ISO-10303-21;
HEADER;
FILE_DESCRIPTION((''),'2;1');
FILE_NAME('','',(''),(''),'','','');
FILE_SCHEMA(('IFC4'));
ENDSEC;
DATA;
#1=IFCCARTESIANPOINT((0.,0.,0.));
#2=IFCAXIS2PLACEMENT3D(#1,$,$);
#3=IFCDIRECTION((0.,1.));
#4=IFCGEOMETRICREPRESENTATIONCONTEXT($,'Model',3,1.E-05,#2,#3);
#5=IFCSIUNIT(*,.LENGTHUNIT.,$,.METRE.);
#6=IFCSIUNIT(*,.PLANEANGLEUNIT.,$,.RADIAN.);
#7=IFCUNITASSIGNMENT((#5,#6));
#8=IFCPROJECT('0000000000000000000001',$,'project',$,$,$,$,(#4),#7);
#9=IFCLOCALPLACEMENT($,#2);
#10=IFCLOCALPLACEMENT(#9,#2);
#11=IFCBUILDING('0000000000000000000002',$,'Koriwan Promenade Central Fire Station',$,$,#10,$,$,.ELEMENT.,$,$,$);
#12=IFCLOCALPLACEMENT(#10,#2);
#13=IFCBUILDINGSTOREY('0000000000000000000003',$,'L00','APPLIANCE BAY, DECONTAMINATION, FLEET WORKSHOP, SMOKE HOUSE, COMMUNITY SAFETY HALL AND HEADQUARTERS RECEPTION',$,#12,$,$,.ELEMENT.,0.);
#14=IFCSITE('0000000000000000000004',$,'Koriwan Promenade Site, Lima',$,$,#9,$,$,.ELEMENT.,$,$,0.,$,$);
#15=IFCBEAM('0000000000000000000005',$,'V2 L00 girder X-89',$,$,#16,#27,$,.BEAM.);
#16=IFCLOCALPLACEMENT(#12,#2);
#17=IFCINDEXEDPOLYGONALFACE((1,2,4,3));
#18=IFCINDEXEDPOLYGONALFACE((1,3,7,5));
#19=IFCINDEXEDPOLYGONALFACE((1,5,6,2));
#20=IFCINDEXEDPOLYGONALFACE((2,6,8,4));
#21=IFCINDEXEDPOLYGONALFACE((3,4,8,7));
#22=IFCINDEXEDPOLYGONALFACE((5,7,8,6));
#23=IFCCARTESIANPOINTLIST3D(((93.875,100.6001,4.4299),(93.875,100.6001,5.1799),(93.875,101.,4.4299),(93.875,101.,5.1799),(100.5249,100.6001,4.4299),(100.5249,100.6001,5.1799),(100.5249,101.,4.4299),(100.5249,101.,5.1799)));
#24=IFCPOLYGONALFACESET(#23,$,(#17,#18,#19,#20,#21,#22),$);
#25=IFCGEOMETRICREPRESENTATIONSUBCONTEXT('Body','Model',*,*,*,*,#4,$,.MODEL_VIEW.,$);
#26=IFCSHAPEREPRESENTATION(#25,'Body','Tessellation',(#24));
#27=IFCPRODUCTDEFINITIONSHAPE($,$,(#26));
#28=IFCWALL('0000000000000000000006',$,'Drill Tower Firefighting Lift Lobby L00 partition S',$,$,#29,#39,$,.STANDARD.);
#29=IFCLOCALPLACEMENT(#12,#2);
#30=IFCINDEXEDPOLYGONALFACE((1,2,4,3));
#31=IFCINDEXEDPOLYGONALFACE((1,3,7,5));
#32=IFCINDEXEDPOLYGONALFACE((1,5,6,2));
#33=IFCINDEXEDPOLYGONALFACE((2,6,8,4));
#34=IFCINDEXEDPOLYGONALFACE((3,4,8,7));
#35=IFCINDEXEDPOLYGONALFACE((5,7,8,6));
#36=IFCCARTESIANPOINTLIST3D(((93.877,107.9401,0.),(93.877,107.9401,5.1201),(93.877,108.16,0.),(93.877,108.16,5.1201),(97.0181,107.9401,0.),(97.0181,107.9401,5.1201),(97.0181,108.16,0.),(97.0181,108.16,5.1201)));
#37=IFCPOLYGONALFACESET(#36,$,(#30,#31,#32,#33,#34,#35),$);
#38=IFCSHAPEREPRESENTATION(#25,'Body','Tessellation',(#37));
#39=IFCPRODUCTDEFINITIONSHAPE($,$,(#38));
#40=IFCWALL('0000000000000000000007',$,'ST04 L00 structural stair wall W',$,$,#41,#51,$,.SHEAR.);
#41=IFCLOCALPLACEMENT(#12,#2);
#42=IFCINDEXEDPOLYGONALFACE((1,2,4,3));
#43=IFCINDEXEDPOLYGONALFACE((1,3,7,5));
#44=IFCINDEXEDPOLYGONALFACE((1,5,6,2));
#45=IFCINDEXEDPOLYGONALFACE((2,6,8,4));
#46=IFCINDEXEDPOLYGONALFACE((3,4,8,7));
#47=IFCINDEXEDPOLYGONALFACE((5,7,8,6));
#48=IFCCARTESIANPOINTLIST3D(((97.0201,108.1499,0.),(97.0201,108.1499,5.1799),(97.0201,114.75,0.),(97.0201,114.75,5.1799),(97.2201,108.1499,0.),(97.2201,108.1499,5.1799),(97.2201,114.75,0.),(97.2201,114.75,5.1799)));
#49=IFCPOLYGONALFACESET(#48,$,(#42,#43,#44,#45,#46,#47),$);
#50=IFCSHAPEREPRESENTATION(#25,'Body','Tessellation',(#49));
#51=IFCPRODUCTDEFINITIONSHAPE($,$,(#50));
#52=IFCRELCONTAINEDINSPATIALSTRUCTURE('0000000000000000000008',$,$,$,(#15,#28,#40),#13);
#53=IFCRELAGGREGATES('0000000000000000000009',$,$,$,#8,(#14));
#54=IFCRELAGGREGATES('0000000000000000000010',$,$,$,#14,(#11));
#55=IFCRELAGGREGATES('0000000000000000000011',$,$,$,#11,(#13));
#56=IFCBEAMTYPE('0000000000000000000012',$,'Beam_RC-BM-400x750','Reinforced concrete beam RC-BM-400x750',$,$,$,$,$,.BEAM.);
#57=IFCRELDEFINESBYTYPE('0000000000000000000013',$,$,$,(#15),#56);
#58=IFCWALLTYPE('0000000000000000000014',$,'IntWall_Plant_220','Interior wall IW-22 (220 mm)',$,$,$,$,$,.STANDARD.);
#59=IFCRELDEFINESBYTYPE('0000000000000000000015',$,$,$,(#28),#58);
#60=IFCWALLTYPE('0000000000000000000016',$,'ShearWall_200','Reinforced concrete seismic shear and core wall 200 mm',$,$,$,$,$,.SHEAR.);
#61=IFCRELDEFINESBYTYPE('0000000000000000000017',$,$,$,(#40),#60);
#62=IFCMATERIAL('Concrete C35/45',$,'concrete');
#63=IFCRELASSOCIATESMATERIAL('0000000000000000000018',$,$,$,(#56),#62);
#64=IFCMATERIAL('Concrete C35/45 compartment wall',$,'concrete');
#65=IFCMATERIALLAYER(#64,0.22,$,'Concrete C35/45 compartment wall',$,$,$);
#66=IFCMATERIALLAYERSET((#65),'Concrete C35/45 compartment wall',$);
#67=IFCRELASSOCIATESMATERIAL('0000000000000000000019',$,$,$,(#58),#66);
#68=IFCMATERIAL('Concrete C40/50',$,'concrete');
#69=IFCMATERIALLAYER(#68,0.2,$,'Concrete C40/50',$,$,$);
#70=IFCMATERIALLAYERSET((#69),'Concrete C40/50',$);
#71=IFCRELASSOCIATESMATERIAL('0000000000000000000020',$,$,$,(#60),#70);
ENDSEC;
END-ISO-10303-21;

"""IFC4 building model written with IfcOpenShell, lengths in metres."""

from ifc_helpers import new_model, si_unit, direction, frame, frame_2d, origin, origin_2d, place, context, subcontext, project, spatial, rectangle, extrude, material, layer, layer_set, material_profile, profile_set, type_object, element, save


model = new_model("IFC4")

# Units and contexts
model_context = context("Model", 3, precision=1e-05, world=origin(), true_north=direction((0.0, 1.0)))
body_context = subcontext(model_context, "Body", "Model", "MODEL_VIEW")
ifc_project = project(units=[si_unit("LENGTHUNIT", "METRE"), si_unit("PLANEANGLEUNIT", "RADIAN")], contexts=[model_context])

# Site, building, storey
site_placement = place(None, origin())
site = spatial("IfcSite", under=ifc_project, at=site_placement, Name="Koriwan Promenade Site, Lima", CompositionType="ELEMENT", RefElevation=0.0)
building_placement = place(site_placement, origin())
building = spatial("IfcBuilding", under=site, at=building_placement, Name="Koriwan Promenade Central Fire Station", CompositionType="ELEMENT")
storey_placement = place(building_placement, origin())
storey = spatial("IfcBuildingStorey", under=building, at=storey_placement, Name="L00", Description="APPLIANCE BAY, DECONTAMINATION, FLEET WORKSHOP, SMOKE HOUSE, COMMUNITY SAFETY HALL AND HEADQUARTERS RECEPTION", CompositionType="ELEMENT", Elevation=0.0)

# Shared definitions
ifc_material_1 = material(Name="Concrete C35/45", Category="concrete")

# Shared definitions
ifc_material_2 = material(Name="Concrete C40/50", Category="concrete")

# Beam
ifc_material_profile_1 = material_profile(ifc_material_1, rectangle(XDim=0.3999, YDim=0.75, at=origin_2d()), Name="RC-BM-400x750")
ifc_profile_set_1 = profile_set([ifc_material_profile_1], Name="Concrete C35/45")
beam_type_1 = type_object("IfcBeamType", Name="Beam_RC-BM-400x750", Description="Reinforced concrete beam RC-BM-400x750", PredefinedType="BEAM", material=ifc_profile_set_1)
beam_1_placement = place(storey_placement, frame((93.875, 100.8, 4.8049), z_axis=(1.0, 0.0, 0.0), x_axis=(0.0, 1.0, 0.0)))
element("IfcBeam", 1, at=beam_1_placement, inside=storey, type_object=beam_type_1, Name="V2 L00 girder X-89", PredefinedType="BEAM", context=body_context, shape_type="SweptSolid", body=[
    extrude(rectangle(XDim=0.3999, YDim=0.75, at=origin_2d()), origin(), (0.0, 0.0, 1.0), 6.6499),
])

# Wall
ifc_material_3 = material(Name="Concrete C35/45 compartment wall", Category="concrete")
ifc_layer_1 = layer(ifc_material_3, 0.22, Name="Concrete C35/45 compartment wall")
ifc_layer_set_1 = layer_set([ifc_layer_1], Name="Concrete C35/45 compartment wall")
wall_type_1 = type_object("IfcWallType", Name="IntWall_Plant_220", Description="Interior wall IW-22 (220 mm)", PredefinedType="STANDARD", material=ifc_layer_set_1)
wall_1_placement = place(storey_placement, frame((93.877, 108.05, 0.0), z_axis=(0.0, 0.0, 1.0), x_axis=(1.0, 0.0, 0.0)))
element("IfcWall", 2, at=wall_1_placement, inside=storey, type_object=wall_type_1, Name="Drill Tower Firefighting Lift Lobby L00 partition S", PredefinedType="STANDARD", context=body_context, shape_type="SweptSolid", body=[
    extrude(rectangle(XDim=3.1411, YDim=0.22, at=frame_2d((1.5706, 0.0))), origin(), (0.0, 0.0, 1.0), 5.1201),
])

# Shared definitions
ifc_layer_2 = layer(ifc_material_2, 0.2, Name="Concrete C40/50")
ifc_layer_set_2 = layer_set([ifc_layer_2], Name="Concrete C40/50")
wall_type_2 = type_object("IfcWallType", Name="ShearWall_200", Description="Reinforced concrete seismic shear and core wall 200 mm", PredefinedType="SHEAR", material=ifc_layer_set_2)

# Wall
wall_2_placement = place(storey_placement, frame((97.1201, 108.1499, 0.0), z_axis=(0.0, 0.0, 1.0), x_axis=(0.0, 1.0, 0.0)))
element("IfcWall", 3, at=wall_2_placement, inside=storey, type_object=wall_type_2, Name="ST04 L00 structural stair wall W", PredefinedType="SHEAR", context=body_context, shape_type="SweptSolid", body=[
    extrude(rectangle(XDim=6.6001, YDim=0.2, at=frame_2d((3.3, 0.0))), origin(), (0.0, 0.0, 1.0), 5.1799),
])

save(model, "model.ifc")
